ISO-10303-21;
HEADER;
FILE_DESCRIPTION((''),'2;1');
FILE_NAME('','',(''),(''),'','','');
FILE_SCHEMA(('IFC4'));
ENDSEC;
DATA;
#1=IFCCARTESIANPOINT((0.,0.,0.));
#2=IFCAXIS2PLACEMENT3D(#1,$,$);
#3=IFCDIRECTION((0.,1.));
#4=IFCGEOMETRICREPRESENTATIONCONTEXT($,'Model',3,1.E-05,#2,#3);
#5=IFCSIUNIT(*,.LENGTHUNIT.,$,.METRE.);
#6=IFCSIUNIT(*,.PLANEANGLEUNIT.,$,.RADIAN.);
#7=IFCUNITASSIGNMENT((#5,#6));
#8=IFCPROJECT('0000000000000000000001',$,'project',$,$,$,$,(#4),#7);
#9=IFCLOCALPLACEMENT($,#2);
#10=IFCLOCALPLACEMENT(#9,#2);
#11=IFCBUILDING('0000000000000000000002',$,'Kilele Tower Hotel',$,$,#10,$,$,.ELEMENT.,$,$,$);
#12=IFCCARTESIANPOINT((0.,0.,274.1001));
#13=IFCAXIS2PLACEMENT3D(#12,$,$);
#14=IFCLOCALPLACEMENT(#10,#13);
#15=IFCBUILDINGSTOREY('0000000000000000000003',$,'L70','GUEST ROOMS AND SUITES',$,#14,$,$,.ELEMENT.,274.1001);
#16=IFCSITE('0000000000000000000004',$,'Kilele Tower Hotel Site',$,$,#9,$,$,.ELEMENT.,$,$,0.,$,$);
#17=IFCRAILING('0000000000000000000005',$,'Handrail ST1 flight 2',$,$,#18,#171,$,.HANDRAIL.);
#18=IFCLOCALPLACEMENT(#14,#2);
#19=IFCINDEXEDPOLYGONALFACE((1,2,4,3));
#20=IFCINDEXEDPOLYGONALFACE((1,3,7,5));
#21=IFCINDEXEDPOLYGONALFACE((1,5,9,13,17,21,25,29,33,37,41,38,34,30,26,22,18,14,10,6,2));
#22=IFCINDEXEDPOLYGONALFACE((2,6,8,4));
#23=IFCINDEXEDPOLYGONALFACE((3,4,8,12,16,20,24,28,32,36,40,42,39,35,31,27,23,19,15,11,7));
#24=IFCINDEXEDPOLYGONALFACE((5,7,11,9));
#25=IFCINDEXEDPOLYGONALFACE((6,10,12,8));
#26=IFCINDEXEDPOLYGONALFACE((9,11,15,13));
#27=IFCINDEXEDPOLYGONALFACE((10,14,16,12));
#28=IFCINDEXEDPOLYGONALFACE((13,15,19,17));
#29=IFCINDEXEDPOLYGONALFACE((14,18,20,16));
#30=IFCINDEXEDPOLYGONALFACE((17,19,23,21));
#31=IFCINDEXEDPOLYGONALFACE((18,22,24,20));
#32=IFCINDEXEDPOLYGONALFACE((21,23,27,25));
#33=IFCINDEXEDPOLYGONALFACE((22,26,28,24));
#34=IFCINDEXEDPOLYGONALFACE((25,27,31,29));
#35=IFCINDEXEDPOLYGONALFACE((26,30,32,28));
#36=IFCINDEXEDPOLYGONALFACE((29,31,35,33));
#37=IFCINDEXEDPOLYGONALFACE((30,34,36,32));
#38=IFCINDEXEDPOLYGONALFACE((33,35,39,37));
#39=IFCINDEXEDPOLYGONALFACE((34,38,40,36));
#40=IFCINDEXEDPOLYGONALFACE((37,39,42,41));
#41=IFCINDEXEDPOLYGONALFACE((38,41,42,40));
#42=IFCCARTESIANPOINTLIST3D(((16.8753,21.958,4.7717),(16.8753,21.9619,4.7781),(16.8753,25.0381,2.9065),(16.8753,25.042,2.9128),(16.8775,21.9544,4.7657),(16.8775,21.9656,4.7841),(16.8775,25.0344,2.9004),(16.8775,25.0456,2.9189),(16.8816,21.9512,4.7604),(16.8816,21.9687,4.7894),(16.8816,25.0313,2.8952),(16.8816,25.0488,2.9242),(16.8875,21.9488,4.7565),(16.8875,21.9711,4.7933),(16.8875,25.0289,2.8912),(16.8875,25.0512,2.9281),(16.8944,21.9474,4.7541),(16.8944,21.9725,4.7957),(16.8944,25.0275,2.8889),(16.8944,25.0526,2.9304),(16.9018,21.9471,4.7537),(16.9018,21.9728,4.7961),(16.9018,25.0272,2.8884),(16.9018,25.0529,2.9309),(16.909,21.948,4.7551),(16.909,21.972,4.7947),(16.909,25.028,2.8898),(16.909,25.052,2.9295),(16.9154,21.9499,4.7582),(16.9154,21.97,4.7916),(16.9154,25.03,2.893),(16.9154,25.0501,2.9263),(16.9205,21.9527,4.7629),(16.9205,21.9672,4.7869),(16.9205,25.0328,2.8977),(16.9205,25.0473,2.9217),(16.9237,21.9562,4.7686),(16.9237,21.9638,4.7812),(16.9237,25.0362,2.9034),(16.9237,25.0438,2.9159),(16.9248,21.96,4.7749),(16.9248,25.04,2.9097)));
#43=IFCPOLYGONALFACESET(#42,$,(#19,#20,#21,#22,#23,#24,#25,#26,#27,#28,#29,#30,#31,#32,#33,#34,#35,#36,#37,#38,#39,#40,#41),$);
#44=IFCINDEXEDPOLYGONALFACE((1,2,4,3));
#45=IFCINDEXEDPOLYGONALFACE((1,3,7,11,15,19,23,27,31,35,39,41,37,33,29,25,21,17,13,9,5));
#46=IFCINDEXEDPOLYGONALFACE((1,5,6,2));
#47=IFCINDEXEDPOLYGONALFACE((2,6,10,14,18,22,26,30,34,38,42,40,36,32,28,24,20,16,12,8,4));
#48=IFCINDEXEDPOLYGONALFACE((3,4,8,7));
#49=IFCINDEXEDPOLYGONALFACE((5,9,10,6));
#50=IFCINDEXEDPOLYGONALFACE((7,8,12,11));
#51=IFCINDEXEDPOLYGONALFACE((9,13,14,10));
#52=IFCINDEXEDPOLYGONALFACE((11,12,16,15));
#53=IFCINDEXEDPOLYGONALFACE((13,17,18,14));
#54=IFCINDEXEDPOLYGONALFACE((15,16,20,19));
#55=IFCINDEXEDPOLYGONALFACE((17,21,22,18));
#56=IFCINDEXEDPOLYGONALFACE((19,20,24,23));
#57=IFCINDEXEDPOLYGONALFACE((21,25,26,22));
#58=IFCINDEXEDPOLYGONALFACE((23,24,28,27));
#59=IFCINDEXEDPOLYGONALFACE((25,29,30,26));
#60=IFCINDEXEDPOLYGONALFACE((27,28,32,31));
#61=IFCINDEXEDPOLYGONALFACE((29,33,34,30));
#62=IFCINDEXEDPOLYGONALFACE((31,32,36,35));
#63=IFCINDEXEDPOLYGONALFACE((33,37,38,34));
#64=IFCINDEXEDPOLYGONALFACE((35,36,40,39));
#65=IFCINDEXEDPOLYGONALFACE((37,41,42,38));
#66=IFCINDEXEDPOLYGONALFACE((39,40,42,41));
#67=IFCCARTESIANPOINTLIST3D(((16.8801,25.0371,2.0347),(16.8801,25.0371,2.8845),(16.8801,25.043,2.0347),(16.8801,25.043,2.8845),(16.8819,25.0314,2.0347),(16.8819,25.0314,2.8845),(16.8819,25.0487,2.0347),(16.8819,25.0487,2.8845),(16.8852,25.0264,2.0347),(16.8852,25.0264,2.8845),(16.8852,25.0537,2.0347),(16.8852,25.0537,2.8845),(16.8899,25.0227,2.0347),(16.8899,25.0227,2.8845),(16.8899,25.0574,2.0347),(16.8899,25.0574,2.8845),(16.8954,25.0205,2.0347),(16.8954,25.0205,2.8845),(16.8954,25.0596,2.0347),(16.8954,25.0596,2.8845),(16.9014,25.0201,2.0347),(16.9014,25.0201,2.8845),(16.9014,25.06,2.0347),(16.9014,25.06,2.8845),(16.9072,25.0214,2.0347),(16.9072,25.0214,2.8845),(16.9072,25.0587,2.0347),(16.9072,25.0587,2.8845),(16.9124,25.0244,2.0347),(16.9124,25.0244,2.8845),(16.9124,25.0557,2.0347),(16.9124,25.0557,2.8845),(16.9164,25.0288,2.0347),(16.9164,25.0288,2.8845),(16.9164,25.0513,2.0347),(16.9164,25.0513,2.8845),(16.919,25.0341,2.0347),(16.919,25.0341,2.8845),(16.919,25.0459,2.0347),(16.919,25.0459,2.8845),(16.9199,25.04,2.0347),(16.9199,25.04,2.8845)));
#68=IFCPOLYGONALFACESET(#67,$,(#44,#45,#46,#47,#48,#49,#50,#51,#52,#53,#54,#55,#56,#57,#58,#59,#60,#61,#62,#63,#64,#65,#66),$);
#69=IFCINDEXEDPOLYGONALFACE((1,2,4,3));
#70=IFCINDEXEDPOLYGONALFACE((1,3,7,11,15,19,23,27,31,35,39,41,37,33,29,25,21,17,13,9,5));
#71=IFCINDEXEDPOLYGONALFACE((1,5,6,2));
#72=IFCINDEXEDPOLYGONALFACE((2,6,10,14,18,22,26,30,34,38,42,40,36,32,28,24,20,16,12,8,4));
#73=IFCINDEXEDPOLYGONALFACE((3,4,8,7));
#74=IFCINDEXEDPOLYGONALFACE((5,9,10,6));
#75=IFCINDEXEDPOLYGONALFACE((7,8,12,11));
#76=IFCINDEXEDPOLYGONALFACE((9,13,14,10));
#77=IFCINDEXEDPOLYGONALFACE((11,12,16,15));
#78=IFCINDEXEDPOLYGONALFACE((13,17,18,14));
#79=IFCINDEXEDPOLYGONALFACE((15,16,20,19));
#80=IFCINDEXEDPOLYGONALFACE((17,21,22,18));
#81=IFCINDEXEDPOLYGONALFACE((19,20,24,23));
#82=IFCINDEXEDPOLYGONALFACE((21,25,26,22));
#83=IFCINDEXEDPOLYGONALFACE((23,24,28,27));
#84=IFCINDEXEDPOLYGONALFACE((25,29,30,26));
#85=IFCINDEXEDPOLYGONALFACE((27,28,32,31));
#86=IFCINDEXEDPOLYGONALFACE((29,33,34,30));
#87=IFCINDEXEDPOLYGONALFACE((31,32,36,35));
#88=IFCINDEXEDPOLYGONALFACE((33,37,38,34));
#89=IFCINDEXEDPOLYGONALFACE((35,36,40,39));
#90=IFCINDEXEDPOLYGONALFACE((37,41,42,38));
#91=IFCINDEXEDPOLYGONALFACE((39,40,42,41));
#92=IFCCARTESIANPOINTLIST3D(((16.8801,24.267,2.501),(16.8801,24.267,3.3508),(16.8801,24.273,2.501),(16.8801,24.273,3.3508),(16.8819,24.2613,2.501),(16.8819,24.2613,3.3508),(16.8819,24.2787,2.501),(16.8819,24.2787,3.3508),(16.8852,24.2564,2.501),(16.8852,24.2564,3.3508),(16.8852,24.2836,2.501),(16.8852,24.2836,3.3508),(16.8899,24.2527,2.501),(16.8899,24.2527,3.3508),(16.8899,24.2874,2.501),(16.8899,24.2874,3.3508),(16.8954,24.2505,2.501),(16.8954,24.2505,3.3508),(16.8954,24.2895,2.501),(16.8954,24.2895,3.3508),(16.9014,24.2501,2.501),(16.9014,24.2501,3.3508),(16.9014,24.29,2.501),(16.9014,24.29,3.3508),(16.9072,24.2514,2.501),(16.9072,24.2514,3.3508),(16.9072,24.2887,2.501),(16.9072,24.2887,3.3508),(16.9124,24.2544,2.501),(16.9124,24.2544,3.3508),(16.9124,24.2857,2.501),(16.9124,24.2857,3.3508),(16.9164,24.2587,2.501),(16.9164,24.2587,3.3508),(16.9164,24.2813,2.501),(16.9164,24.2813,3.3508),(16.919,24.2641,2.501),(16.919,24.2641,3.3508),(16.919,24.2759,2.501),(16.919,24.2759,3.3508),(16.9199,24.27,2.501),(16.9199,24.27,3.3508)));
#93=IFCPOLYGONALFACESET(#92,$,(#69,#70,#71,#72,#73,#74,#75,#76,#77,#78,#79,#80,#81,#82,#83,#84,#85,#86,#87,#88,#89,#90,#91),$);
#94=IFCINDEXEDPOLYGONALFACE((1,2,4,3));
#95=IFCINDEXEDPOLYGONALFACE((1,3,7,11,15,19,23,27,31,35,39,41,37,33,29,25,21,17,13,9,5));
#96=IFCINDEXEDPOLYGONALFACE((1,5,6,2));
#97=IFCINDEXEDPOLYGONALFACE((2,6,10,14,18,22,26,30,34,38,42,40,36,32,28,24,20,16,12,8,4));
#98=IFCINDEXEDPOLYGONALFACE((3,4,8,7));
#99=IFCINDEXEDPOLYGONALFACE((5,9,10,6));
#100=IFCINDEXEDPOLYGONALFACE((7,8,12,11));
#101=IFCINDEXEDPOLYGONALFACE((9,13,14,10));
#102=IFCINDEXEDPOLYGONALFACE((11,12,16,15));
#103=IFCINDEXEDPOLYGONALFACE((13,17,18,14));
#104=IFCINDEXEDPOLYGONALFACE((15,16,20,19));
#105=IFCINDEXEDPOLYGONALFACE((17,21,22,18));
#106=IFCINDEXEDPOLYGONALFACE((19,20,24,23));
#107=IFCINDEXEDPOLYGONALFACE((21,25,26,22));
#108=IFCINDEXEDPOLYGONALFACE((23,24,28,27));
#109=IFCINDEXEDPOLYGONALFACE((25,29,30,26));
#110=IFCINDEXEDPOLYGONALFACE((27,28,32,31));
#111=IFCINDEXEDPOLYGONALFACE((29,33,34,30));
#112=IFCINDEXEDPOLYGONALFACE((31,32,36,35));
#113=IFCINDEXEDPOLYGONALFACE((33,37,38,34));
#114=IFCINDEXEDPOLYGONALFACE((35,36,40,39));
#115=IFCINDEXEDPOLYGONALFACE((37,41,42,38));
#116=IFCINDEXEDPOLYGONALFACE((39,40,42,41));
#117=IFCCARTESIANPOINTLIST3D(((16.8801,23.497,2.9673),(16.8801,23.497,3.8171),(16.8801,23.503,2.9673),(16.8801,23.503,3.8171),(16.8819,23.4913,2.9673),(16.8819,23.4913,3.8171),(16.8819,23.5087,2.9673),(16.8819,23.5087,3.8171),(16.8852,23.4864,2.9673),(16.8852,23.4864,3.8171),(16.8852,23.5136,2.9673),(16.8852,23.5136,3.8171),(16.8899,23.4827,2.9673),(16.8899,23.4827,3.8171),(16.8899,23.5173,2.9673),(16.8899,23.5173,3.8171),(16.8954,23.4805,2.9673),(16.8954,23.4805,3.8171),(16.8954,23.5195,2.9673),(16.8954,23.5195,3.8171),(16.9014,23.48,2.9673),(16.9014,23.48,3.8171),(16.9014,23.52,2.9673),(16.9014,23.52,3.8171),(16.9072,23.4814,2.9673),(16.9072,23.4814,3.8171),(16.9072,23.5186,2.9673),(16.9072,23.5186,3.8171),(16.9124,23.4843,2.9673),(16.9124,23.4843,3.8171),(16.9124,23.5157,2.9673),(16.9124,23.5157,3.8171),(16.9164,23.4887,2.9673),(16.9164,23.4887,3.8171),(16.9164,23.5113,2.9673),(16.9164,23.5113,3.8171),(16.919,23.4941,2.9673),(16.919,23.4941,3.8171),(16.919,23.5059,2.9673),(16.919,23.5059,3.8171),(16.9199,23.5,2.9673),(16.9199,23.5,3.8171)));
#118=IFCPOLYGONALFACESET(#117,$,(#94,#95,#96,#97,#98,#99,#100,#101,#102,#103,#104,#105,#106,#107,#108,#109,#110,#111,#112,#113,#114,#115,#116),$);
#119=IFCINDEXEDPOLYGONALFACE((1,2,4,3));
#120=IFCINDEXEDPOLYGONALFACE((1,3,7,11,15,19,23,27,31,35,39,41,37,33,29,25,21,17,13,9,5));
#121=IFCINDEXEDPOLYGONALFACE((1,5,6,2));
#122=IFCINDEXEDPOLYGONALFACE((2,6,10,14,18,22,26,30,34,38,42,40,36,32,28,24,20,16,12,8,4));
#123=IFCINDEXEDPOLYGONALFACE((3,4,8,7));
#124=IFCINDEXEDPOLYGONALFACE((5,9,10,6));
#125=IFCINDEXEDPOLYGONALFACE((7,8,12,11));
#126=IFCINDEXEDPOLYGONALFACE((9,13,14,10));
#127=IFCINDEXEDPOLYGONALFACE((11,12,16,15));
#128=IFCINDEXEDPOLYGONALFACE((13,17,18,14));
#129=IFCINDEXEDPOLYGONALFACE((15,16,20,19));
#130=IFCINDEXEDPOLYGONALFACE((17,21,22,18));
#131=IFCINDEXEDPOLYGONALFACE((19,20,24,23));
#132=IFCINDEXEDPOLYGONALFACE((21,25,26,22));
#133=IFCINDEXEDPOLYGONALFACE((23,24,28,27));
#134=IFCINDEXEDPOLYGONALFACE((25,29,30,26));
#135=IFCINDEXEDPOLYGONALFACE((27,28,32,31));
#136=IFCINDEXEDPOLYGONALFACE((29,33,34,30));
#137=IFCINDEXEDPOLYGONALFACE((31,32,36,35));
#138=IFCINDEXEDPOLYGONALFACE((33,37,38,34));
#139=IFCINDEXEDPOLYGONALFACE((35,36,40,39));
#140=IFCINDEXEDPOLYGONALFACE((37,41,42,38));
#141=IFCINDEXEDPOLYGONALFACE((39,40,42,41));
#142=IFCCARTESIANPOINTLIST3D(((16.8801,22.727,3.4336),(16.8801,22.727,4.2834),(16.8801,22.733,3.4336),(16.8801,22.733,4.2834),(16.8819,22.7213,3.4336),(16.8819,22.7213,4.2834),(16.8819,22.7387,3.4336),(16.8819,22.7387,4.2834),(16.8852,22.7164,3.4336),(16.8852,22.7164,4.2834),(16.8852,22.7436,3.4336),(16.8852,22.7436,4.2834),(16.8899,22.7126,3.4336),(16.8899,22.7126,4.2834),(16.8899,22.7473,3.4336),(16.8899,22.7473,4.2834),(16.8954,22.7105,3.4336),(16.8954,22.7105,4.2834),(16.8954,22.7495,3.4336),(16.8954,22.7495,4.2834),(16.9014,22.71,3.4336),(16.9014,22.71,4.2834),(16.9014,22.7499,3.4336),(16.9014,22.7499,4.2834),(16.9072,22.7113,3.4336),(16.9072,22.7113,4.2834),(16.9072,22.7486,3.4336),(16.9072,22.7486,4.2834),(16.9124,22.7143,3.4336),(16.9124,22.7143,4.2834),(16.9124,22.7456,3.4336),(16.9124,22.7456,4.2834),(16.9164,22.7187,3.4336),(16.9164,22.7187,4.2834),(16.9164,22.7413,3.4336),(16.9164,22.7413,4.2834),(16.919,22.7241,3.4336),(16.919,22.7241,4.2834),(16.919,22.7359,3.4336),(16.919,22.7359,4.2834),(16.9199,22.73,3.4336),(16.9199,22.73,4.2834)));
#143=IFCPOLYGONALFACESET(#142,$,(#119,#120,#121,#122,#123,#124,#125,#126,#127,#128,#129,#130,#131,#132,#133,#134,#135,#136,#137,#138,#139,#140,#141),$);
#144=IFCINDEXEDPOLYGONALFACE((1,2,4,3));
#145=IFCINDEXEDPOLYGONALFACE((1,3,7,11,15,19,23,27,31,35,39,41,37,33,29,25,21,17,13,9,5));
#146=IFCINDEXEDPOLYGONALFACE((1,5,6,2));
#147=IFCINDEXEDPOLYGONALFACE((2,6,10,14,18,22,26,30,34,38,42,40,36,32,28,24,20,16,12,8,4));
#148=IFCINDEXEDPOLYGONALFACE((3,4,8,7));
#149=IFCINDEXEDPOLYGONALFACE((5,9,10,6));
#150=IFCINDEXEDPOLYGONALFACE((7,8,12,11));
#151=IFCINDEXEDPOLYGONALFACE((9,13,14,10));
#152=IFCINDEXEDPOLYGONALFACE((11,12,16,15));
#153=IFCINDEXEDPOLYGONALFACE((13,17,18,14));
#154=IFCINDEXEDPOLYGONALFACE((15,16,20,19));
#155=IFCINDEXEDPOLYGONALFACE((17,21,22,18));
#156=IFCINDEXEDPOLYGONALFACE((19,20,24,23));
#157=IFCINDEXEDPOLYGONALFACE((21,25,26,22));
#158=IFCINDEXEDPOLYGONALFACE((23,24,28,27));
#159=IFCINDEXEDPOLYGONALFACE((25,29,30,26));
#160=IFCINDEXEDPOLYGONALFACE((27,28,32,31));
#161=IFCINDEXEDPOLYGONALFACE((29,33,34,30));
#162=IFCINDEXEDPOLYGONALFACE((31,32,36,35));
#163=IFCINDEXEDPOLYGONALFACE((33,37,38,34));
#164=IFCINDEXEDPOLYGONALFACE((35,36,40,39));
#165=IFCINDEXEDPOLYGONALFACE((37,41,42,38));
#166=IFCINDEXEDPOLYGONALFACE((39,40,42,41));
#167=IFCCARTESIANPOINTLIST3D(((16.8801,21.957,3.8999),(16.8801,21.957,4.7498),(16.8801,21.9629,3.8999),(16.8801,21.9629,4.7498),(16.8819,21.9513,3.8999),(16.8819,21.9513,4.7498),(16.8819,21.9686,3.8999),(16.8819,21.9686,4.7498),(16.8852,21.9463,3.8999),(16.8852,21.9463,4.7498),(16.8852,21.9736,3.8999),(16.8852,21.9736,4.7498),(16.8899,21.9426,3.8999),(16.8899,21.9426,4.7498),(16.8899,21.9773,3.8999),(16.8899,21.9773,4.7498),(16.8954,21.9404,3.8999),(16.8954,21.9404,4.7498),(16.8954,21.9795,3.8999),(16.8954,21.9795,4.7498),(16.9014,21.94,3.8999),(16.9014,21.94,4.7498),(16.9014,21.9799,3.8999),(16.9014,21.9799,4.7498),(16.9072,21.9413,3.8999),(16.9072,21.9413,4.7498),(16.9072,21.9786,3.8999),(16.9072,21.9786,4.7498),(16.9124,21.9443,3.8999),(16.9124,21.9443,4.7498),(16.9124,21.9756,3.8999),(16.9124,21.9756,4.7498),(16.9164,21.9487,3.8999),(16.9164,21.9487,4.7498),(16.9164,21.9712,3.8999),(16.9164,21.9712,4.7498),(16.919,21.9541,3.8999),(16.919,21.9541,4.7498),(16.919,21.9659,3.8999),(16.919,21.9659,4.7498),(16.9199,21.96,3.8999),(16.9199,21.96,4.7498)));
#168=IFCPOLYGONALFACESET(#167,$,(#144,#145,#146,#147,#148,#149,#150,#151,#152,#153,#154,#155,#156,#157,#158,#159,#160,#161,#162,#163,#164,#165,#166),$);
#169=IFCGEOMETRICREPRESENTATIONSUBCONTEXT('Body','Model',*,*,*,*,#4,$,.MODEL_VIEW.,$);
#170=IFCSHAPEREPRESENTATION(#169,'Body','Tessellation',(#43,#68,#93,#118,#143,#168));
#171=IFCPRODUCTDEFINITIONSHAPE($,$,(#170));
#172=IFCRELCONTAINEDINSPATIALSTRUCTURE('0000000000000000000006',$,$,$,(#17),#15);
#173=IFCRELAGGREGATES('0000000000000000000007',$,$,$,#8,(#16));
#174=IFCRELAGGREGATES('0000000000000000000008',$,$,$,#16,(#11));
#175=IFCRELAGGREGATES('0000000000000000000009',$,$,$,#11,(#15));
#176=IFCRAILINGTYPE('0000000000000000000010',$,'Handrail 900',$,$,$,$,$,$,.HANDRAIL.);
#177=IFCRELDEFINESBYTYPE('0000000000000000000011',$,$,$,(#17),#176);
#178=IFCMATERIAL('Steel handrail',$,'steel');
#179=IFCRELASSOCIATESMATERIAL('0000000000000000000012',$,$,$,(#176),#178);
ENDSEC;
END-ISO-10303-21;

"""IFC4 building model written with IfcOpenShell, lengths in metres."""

from ifc_helpers import new_model, si_unit, direction, frame, origin, origin_2d, place, context, subcontext, project, spatial, circle, extrude, material, type_object, element, save


model = new_model("IFC4")

# Units and contexts
model_context = context("Model", 3, precision=1e-05, world=origin(), true_north=direction((0.0, 1.0)))
body_context = subcontext(model_context, "Body", "Model", "MODEL_VIEW")
ifc_project = project(units=[si_unit("LENGTHUNIT", "METRE"), si_unit("PLANEANGLEUNIT", "RADIAN")], contexts=[model_context])

# Site, building, storey
site_placement = place(None, origin())
site = spatial("IfcSite", under=ifc_project, at=site_placement, Name="Kilele Tower Hotel Site", CompositionType="ELEMENT", RefElevation=0.0)
building_placement = place(site_placement, origin())
building = spatial("IfcBuilding", under=site, at=building_placement, Name="Kilele Tower Hotel", CompositionType="ELEMENT")
storey_placement = place(building_placement, frame((0.0, 0.0, 274.1001)))
storey = spatial("IfcBuildingStorey", under=building, at=storey_placement, Name="L70", Description="GUEST ROOMS AND SUITES", CompositionType="ELEMENT", Elevation=274.1001)

# Railing
ifc_material_1 = material(Name="Steel handrail", Category="steel")
railing_type_1 = type_object("IfcRailingType", Name="Handrail 900", PredefinedType="HANDRAIL", material=ifc_material_1)
for number, where, name in (
    (1, (16.8999, 25.04, 2.0347), "Handrail ST1 flight 2"),
):
    element("IfcRailing", number, at=place(storey_placement, frame(where)), inside=storey, type_object=railing_type_1, Name=name, PredefinedType="HANDRAIL", context=body_context, shape_type="SweptSolid", body=[
        extrude(circle(Radius=0.0249, at=origin_2d()), frame((0.0, 0.0, 0.875), z_axis=(0.0, -0.85538, 0.518001), x_axis=(1.0, 0.0, 0.0)), (0.0, 0.0, 1.0), 3.6008),
        extrude(circle(Radius=0.02, at=origin_2d()), origin(), (0.0, 0.0, 1.0), 0.8499),
        extrude(circle(Radius=0.02, at=origin_2d()), frame((0.0, -0.77, 0.4663)), (0.0, 0.0, 1.0), 0.8499),
        extrude(circle(Radius=0.02, at=origin_2d()), frame((0.0, -1.54, 0.9326)), (0.0, 0.0, 1.0), 0.8499),
        extrude(circle(Radius=0.02, at=origin_2d()), frame((0.0, -2.3101, 1.3989)), (0.0, 0.0, 1.0), 0.8499),
        extrude(circle(Radius=0.02, at=origin_2d()), frame((0.0, -3.0801, 1.8652)), (0.0, 0.0, 1.0), 0.8499),
    ])

save(model, "model.ifc")
